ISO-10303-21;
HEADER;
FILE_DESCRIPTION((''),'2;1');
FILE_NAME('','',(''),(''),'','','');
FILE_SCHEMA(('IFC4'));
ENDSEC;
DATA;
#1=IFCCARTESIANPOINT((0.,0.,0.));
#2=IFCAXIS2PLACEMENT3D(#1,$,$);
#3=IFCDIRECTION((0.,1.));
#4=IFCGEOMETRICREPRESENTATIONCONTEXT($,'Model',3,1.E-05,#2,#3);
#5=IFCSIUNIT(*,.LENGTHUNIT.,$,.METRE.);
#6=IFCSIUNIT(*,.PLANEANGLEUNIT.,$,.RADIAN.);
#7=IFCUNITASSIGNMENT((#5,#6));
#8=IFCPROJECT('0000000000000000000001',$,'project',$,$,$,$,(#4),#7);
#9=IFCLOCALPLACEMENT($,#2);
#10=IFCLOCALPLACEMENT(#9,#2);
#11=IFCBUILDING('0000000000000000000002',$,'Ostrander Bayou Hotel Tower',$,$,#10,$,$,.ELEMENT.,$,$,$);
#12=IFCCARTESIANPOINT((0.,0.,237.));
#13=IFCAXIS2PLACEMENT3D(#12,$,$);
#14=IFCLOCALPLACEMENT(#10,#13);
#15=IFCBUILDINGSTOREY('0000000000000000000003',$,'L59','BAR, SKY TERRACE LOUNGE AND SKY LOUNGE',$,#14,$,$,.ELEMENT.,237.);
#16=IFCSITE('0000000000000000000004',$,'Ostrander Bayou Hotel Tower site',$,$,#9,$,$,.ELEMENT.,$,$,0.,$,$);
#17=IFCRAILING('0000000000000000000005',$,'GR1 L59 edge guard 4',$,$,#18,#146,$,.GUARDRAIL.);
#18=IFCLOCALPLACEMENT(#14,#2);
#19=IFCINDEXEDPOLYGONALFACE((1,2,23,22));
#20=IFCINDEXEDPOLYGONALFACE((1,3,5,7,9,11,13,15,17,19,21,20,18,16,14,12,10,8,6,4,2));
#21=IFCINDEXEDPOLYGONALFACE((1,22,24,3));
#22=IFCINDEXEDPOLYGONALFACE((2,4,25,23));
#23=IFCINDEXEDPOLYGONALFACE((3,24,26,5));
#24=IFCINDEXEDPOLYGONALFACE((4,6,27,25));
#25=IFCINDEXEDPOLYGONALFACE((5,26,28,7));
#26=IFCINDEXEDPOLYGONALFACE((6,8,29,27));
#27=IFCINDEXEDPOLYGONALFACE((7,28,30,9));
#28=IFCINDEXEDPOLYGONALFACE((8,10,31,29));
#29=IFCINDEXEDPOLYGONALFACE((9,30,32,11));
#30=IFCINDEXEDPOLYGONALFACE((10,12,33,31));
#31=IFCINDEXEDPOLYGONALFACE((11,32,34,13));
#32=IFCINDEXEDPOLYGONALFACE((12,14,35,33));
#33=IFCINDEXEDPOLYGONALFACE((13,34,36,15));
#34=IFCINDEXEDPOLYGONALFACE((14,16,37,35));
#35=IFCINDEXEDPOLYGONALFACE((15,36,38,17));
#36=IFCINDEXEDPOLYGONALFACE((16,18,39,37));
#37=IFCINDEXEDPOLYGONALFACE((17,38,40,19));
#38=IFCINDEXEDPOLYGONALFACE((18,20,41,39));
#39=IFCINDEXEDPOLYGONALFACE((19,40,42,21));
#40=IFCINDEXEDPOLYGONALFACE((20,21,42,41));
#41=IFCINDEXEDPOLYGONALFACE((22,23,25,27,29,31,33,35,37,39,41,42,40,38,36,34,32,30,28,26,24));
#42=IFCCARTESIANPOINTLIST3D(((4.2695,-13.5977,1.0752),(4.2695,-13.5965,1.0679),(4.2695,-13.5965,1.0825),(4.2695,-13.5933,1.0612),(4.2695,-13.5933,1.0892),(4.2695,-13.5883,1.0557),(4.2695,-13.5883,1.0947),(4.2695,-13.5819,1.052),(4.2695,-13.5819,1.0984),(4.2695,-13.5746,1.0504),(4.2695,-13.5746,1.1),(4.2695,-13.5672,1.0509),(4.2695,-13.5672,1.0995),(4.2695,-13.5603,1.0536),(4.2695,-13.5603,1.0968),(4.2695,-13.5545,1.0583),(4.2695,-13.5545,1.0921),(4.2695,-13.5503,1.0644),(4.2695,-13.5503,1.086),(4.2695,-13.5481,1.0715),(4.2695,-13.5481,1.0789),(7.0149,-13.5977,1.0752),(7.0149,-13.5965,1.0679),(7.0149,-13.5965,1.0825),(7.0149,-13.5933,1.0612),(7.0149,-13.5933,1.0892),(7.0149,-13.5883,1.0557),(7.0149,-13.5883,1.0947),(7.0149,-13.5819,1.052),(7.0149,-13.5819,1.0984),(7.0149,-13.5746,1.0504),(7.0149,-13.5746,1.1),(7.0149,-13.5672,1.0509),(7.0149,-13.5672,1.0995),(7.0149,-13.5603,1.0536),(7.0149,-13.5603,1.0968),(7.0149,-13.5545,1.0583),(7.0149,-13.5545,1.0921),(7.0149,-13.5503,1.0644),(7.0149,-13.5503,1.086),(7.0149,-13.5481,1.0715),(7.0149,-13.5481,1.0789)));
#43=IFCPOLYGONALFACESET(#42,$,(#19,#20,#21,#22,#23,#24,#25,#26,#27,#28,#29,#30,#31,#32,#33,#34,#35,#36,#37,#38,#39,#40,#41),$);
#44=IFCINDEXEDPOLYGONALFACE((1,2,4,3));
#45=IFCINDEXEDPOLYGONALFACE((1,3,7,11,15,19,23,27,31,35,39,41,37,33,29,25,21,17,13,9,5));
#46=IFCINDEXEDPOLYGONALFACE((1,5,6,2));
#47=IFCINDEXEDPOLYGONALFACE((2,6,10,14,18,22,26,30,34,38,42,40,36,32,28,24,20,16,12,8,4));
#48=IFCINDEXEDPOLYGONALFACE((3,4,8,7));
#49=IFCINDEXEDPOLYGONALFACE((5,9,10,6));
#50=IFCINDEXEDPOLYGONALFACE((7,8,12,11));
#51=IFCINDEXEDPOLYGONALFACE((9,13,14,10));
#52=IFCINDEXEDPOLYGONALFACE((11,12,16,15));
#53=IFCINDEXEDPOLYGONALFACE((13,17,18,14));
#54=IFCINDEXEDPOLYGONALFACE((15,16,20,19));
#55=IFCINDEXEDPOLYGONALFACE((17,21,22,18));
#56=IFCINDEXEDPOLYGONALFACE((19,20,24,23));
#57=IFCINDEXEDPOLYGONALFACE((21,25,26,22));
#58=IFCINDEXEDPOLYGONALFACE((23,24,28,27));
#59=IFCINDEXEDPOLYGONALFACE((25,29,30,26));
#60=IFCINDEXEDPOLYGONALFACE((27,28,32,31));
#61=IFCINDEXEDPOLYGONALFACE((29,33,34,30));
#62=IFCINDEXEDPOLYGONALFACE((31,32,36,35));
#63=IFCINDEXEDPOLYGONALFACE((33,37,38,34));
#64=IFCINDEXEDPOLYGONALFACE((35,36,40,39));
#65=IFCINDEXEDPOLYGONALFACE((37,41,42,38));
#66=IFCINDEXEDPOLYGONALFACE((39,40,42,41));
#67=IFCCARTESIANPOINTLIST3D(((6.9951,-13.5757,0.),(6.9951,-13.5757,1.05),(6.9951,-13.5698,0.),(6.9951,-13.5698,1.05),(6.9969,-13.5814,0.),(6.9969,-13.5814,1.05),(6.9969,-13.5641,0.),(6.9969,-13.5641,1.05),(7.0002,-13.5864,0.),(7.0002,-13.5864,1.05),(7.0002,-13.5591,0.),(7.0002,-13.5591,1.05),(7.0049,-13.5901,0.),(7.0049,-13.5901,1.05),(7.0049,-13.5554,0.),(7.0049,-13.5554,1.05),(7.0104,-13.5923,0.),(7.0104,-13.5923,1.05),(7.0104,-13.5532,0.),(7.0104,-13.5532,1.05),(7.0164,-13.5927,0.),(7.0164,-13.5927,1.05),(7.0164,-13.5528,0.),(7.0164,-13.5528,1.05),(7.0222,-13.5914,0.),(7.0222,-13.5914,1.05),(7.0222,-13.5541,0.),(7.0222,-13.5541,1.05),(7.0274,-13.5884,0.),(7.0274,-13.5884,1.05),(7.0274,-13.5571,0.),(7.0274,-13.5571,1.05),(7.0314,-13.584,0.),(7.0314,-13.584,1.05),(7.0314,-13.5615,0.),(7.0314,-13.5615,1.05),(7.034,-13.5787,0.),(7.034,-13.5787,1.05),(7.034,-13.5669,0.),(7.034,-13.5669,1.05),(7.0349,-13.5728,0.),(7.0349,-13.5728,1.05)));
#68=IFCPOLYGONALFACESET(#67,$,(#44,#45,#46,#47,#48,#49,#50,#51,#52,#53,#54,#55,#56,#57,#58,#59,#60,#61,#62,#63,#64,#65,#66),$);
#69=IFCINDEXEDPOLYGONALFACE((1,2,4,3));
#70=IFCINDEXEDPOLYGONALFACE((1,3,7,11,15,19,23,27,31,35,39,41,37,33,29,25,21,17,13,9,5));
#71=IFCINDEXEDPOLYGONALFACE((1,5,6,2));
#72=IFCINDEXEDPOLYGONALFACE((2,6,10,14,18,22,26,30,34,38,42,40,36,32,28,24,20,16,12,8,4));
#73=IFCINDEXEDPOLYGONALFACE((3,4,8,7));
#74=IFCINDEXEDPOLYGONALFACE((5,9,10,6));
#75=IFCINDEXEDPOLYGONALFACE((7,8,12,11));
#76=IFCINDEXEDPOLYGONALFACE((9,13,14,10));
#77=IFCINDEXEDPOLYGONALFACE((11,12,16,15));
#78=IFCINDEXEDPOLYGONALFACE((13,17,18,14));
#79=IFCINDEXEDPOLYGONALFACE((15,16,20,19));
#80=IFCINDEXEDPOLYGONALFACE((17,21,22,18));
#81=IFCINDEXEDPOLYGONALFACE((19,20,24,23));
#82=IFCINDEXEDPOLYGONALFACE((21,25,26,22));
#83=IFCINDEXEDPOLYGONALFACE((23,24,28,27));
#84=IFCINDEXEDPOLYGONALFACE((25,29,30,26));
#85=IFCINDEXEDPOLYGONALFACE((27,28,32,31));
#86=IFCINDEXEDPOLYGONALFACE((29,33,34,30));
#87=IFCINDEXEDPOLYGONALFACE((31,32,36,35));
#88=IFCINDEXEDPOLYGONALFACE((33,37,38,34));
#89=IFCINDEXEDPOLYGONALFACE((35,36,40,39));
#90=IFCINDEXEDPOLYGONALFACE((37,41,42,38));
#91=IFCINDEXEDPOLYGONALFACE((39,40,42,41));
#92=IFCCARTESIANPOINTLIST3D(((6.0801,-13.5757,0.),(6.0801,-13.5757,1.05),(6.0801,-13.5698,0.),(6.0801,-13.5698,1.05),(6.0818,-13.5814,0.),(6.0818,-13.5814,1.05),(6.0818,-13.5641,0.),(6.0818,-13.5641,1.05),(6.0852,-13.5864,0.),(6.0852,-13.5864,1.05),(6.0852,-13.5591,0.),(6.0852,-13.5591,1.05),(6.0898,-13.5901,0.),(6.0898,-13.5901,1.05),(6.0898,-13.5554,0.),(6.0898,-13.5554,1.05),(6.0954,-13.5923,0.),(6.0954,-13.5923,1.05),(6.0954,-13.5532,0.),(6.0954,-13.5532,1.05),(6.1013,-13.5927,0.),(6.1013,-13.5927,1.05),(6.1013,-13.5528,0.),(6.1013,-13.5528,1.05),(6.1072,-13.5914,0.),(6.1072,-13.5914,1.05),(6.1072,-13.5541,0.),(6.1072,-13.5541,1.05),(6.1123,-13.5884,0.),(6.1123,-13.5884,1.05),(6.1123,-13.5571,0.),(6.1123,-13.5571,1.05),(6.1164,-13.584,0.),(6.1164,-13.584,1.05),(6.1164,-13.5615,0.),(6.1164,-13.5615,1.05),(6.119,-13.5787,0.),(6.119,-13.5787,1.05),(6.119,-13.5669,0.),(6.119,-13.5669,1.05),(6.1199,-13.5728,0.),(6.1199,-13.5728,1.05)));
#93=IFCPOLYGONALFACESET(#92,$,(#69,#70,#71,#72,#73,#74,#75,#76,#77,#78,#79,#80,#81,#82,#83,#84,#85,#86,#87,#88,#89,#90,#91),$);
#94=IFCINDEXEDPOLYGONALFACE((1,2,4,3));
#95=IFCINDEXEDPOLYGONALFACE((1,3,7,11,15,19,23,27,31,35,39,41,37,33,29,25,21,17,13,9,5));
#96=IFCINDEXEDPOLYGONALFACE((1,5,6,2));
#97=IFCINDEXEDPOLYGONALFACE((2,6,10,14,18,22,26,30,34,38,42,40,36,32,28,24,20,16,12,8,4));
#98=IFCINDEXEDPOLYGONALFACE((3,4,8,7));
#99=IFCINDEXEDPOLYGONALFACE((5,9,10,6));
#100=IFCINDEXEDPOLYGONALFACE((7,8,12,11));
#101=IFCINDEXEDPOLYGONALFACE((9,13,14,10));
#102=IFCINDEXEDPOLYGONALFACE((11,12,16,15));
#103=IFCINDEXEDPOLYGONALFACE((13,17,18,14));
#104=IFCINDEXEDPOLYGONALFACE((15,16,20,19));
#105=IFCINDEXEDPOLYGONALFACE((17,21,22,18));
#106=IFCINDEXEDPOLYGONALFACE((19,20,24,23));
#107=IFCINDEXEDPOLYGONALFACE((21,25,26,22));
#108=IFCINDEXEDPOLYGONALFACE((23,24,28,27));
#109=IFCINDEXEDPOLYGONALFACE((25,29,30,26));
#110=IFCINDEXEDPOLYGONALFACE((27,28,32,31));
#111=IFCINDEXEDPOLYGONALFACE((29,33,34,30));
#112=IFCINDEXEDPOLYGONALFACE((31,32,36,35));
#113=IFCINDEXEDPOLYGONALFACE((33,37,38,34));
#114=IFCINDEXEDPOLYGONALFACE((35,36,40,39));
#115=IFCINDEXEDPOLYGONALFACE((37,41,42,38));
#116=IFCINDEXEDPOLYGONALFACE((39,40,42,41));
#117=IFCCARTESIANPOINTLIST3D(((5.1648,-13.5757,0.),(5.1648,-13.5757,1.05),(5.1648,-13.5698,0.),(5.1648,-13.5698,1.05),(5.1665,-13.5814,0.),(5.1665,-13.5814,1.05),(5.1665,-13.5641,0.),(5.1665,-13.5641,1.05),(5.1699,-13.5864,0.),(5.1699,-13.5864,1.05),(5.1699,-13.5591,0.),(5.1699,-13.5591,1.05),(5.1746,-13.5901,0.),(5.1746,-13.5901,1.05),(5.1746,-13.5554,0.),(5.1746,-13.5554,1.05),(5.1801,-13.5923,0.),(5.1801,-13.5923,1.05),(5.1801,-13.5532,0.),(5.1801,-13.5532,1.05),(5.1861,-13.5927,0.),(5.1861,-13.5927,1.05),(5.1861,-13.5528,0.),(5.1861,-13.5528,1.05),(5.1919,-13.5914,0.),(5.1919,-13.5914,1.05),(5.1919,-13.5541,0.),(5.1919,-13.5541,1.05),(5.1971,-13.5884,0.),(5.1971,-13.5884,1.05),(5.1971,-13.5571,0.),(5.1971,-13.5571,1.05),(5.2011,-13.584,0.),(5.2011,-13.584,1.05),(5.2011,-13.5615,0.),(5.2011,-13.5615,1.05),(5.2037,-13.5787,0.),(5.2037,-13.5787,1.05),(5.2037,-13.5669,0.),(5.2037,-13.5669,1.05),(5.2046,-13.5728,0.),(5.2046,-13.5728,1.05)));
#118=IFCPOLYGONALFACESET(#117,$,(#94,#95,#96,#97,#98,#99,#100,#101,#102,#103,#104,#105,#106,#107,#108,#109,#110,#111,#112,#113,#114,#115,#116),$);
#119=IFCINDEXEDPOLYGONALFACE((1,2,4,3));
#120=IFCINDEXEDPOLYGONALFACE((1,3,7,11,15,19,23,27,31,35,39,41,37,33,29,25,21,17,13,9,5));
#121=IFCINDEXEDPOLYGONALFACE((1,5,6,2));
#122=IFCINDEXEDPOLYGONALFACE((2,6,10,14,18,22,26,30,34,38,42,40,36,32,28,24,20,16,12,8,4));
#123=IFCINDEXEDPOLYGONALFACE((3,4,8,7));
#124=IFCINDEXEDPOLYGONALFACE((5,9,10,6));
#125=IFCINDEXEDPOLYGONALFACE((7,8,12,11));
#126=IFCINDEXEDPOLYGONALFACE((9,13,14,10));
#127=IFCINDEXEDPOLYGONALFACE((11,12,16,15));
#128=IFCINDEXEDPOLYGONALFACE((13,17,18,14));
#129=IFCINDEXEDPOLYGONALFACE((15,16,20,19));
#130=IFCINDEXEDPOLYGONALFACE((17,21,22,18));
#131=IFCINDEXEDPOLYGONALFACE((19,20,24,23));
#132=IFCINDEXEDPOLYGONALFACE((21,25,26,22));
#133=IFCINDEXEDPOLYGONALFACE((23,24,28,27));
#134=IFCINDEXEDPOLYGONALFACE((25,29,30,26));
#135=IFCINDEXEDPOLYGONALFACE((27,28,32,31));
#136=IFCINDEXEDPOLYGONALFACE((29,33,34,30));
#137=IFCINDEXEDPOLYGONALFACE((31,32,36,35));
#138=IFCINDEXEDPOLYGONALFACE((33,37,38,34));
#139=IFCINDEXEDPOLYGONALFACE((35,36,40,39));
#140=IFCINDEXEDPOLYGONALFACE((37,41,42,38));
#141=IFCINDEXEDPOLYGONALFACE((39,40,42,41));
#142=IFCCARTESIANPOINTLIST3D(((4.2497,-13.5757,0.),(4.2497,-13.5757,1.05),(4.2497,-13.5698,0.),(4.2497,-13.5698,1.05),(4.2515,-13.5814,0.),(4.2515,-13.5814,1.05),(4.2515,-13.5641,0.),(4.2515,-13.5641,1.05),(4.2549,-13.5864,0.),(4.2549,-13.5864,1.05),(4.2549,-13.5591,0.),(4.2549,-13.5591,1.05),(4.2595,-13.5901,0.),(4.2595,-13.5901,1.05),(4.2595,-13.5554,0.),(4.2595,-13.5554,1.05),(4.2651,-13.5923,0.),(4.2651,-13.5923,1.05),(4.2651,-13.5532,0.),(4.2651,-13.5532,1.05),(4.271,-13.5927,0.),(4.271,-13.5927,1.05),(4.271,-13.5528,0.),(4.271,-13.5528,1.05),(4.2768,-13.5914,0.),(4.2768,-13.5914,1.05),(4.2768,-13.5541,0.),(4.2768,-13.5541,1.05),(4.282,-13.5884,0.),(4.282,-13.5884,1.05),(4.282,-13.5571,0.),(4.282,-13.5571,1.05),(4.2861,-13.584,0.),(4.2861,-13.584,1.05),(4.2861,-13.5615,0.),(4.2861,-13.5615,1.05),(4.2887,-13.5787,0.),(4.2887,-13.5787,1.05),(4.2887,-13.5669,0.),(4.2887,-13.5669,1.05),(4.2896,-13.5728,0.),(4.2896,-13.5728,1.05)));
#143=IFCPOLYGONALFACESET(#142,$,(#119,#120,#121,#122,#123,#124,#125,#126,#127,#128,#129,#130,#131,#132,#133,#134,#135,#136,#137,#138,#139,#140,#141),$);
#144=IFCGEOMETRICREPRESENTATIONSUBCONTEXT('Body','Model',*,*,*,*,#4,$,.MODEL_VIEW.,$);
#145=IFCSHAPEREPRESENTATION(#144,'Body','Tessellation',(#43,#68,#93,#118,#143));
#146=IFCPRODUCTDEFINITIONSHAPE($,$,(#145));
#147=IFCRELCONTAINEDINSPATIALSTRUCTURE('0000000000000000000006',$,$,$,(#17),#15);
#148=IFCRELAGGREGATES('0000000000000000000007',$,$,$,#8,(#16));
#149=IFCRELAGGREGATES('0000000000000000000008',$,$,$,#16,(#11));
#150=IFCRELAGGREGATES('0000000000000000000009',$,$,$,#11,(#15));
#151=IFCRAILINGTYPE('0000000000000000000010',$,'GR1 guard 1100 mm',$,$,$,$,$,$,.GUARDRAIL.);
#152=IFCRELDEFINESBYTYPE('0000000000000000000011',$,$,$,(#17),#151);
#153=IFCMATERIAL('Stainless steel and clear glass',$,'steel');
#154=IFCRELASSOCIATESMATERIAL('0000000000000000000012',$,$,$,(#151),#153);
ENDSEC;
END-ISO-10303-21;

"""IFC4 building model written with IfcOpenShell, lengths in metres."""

from ifc_helpers import new_model, si_unit, direction, frame, origin, origin_2d, place, context, subcontext, project, spatial, circle, extrude, material, type_object, element, save


model = new_model("IFC4")

# Units and contexts
model_context = context("Model", 3, precision=1e-05, world=origin(), true_north=direction((0.0, 1.0)))
body_context = subcontext(model_context, "Body", "Model", "MODEL_VIEW")
ifc_project = project(units=[si_unit("LENGTHUNIT", "METRE"), si_unit("PLANEANGLEUNIT", "RADIAN")], contexts=[model_context])

# Site, building, storey
site_placement = place(None, origin())
site = spatial("IfcSite", under=ifc_project, at=site_placement, Name="Ostrander Bayou Hotel Tower site", CompositionType="ELEMENT", RefElevation=0.0)
building_placement = place(site_placement, origin())
building = spatial("IfcBuilding", under=site, at=building_placement, Name="Ostrander Bayou Hotel Tower", CompositionType="ELEMENT")
storey_placement = place(building_placement, frame((0.0, 0.0, 237.0)))
storey = spatial("IfcBuildingStorey", under=building, at=storey_placement, Name="L59", Description="BAR, SKY TERRACE LOUNGE AND SKY LOUNGE", CompositionType="ELEMENT", Elevation=237.0)

# Railing
ifc_material_1 = material(Name="Stainless steel and clear glass", Category="steel")
railing_type_1 = type_object("IfcRailingType", Name="GR1 guard 1100 mm", PredefinedType="GUARDRAIL", material=ifc_material_1)
railing_1_placement = place(storey_placement, frame((7.0149, -13.5728, 0.0)))
element("IfcRailing", 1, at=railing_1_placement, inside=storey, type_object=railing_type_1, Name="GR1 L59 edge guard 4", PredefinedType="GUARDRAIL", context=body_context, shape_type="SweptSolid", body=[
    extrude(circle(Radius=0.0249, at=origin_2d()), frame((0.0, 0.0, 1.0752), z_axis=(-1.0, 0.0, 0.0), x_axis=(0.0, -1.0, 0.0)), (0.0, 0.0, 1.0), 2.7454),
    extrude(circle(Radius=0.02, at=origin_2d()), origin(), (0.0, 0.0, 1.0), 1.05),
    extrude(circle(Radius=0.02, at=origin_2d()), frame((-0.915, 0.0, 0.0)), (0.0, 0.0, 1.0), 1.05),
    extrude(circle(Radius=0.02, at=origin_2d()), frame((-1.8303, 0.0, 0.0)), (0.0, 0.0, 1.0), 1.05),
    extrude(circle(Radius=0.02, at=origin_2d()), frame((-2.7454, 0.0, 0.0)), (0.0, 0.0, 1.0), 1.05),
])

save(model, "model.ifc")
